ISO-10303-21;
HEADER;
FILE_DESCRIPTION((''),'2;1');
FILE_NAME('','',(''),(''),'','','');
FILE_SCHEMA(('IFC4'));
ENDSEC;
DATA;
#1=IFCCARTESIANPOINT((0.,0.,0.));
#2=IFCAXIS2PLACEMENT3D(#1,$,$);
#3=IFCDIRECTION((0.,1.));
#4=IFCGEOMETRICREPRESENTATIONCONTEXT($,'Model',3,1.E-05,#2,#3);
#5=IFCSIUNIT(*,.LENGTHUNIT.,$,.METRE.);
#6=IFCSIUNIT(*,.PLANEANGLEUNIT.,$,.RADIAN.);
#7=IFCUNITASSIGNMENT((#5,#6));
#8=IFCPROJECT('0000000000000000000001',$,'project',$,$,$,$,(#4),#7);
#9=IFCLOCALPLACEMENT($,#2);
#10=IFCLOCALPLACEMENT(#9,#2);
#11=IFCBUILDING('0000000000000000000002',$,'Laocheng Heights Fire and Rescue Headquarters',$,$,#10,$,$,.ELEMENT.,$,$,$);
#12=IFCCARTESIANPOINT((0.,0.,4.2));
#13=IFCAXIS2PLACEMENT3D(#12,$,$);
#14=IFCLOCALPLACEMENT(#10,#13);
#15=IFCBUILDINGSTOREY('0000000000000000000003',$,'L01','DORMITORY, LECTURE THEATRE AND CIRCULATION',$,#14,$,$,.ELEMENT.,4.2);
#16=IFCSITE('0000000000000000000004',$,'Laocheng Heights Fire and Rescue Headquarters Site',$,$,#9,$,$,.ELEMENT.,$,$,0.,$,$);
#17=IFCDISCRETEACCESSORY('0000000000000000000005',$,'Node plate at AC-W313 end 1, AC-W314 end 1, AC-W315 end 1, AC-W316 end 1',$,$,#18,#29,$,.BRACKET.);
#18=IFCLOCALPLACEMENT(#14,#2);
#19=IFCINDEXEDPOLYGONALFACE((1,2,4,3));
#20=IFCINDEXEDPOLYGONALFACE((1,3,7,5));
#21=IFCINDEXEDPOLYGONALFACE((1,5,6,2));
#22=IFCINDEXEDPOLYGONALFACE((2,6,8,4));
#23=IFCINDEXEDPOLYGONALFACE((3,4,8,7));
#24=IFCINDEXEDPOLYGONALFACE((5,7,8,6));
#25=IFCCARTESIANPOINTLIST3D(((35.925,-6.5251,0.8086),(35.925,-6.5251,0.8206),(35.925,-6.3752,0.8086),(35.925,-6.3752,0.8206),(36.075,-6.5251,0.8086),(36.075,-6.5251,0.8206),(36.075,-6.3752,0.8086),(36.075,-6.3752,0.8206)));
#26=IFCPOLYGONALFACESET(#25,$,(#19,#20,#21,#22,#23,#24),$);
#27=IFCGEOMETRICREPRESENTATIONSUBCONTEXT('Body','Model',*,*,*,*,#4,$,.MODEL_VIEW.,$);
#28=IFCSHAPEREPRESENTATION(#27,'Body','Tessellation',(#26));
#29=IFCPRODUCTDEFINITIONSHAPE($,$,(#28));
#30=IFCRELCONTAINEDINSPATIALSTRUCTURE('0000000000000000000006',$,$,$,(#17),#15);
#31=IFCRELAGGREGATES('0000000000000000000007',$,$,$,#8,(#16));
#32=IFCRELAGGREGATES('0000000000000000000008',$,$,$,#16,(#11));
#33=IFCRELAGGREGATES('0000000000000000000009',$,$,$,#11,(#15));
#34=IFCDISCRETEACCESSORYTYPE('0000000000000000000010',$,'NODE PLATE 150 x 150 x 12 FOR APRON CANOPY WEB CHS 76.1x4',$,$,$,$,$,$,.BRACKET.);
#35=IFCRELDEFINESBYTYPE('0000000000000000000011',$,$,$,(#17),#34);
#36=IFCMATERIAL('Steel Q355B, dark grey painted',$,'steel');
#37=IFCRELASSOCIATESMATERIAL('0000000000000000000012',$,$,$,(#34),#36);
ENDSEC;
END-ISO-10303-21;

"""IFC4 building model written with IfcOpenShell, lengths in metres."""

from ifc_helpers import new_model, si_unit, direction, frame, origin, origin_2d, place, context, subcontext, project, spatial, rectangle, extrude, material, material_profile, profile_set, type_object, element, save


model = new_model("IFC4")

# Units and contexts
model_context = context("Model", 3, precision=1e-05, world=origin(), true_north=direction((0.0, 1.0)))
body_context = subcontext(model_context, "Body", "Model", "MODEL_VIEW")
ifc_project = project(units=[si_unit("LENGTHUNIT", "METRE"), si_unit("PLANEANGLEUNIT", "RADIAN")], contexts=[model_context])

# Site, building, storey
site_placement = place(None, origin())
site = spatial("IfcSite", under=ifc_project, at=site_placement, Name="Laocheng Heights Fire and Rescue Headquarters Site", CompositionType="ELEMENT", RefElevation=0.0)
building_placement = place(site_placement, origin())
building = spatial("IfcBuilding", under=site, at=building_placement, Name="Laocheng Heights Fire and Rescue Headquarters", CompositionType="ELEMENT")
storey_placement = place(building_placement, frame((0.0, 0.0, 4.2)))
storey = spatial("IfcBuildingStorey", under=building, at=storey_placement, Name="L01", Description="DORMITORY, LECTURE THEATRE AND CIRCULATION", CompositionType="ELEMENT", Elevation=4.2)

# Discrete accessory
ifc_material_1 = material(Name="Steel Q355B, dark grey painted", Category="steel")
ifc_material_profile_1 = material_profile(ifc_material_1, rectangle(XDim=0.1499, YDim=0.1499, at=origin_2d()), Name="NODE PLATE 150 x 150 x 12 FOR APRON CANOPY WEB CHS 76.1x4")
ifc_profile_set_1 = profile_set([ifc_material_profile_1], Name="Steel Q355B, dark grey painted")
discrete_accessory_type = type_object("IfcDiscreteAccessoryType", Name="NODE PLATE 150 x 150 x 12 FOR APRON CANOPY WEB CHS 76.1x4", PredefinedType="BRACKET", material=ifc_profile_set_1)
for number, where, z_axis, x_axis, name in (
    (1, (36.0, -6.4502, 0.8086), (0.0, 0.0, 1.0), (1.0, 0.0, 0.0), "Node plate at AC-W313 end 1, AC-W314 end 1, AC-W315 end 1, AC-W316 end 1"),
):
    element("IfcDiscreteAccessory", number, at=place(storey_placement, frame(where, z_axis=z_axis, x_axis=x_axis)), inside=storey, type_object=discrete_accessory_type, Name=name, PredefinedType="BRACKET", context=body_context, shape_type="SweptSolid", body=[
        extrude(rectangle(XDim=0.1499, YDim=0.1499, at=origin_2d()), origin(), (0.0, 0.0, 1.0), 0.012),
    ])

save(model, "model.ifc")
